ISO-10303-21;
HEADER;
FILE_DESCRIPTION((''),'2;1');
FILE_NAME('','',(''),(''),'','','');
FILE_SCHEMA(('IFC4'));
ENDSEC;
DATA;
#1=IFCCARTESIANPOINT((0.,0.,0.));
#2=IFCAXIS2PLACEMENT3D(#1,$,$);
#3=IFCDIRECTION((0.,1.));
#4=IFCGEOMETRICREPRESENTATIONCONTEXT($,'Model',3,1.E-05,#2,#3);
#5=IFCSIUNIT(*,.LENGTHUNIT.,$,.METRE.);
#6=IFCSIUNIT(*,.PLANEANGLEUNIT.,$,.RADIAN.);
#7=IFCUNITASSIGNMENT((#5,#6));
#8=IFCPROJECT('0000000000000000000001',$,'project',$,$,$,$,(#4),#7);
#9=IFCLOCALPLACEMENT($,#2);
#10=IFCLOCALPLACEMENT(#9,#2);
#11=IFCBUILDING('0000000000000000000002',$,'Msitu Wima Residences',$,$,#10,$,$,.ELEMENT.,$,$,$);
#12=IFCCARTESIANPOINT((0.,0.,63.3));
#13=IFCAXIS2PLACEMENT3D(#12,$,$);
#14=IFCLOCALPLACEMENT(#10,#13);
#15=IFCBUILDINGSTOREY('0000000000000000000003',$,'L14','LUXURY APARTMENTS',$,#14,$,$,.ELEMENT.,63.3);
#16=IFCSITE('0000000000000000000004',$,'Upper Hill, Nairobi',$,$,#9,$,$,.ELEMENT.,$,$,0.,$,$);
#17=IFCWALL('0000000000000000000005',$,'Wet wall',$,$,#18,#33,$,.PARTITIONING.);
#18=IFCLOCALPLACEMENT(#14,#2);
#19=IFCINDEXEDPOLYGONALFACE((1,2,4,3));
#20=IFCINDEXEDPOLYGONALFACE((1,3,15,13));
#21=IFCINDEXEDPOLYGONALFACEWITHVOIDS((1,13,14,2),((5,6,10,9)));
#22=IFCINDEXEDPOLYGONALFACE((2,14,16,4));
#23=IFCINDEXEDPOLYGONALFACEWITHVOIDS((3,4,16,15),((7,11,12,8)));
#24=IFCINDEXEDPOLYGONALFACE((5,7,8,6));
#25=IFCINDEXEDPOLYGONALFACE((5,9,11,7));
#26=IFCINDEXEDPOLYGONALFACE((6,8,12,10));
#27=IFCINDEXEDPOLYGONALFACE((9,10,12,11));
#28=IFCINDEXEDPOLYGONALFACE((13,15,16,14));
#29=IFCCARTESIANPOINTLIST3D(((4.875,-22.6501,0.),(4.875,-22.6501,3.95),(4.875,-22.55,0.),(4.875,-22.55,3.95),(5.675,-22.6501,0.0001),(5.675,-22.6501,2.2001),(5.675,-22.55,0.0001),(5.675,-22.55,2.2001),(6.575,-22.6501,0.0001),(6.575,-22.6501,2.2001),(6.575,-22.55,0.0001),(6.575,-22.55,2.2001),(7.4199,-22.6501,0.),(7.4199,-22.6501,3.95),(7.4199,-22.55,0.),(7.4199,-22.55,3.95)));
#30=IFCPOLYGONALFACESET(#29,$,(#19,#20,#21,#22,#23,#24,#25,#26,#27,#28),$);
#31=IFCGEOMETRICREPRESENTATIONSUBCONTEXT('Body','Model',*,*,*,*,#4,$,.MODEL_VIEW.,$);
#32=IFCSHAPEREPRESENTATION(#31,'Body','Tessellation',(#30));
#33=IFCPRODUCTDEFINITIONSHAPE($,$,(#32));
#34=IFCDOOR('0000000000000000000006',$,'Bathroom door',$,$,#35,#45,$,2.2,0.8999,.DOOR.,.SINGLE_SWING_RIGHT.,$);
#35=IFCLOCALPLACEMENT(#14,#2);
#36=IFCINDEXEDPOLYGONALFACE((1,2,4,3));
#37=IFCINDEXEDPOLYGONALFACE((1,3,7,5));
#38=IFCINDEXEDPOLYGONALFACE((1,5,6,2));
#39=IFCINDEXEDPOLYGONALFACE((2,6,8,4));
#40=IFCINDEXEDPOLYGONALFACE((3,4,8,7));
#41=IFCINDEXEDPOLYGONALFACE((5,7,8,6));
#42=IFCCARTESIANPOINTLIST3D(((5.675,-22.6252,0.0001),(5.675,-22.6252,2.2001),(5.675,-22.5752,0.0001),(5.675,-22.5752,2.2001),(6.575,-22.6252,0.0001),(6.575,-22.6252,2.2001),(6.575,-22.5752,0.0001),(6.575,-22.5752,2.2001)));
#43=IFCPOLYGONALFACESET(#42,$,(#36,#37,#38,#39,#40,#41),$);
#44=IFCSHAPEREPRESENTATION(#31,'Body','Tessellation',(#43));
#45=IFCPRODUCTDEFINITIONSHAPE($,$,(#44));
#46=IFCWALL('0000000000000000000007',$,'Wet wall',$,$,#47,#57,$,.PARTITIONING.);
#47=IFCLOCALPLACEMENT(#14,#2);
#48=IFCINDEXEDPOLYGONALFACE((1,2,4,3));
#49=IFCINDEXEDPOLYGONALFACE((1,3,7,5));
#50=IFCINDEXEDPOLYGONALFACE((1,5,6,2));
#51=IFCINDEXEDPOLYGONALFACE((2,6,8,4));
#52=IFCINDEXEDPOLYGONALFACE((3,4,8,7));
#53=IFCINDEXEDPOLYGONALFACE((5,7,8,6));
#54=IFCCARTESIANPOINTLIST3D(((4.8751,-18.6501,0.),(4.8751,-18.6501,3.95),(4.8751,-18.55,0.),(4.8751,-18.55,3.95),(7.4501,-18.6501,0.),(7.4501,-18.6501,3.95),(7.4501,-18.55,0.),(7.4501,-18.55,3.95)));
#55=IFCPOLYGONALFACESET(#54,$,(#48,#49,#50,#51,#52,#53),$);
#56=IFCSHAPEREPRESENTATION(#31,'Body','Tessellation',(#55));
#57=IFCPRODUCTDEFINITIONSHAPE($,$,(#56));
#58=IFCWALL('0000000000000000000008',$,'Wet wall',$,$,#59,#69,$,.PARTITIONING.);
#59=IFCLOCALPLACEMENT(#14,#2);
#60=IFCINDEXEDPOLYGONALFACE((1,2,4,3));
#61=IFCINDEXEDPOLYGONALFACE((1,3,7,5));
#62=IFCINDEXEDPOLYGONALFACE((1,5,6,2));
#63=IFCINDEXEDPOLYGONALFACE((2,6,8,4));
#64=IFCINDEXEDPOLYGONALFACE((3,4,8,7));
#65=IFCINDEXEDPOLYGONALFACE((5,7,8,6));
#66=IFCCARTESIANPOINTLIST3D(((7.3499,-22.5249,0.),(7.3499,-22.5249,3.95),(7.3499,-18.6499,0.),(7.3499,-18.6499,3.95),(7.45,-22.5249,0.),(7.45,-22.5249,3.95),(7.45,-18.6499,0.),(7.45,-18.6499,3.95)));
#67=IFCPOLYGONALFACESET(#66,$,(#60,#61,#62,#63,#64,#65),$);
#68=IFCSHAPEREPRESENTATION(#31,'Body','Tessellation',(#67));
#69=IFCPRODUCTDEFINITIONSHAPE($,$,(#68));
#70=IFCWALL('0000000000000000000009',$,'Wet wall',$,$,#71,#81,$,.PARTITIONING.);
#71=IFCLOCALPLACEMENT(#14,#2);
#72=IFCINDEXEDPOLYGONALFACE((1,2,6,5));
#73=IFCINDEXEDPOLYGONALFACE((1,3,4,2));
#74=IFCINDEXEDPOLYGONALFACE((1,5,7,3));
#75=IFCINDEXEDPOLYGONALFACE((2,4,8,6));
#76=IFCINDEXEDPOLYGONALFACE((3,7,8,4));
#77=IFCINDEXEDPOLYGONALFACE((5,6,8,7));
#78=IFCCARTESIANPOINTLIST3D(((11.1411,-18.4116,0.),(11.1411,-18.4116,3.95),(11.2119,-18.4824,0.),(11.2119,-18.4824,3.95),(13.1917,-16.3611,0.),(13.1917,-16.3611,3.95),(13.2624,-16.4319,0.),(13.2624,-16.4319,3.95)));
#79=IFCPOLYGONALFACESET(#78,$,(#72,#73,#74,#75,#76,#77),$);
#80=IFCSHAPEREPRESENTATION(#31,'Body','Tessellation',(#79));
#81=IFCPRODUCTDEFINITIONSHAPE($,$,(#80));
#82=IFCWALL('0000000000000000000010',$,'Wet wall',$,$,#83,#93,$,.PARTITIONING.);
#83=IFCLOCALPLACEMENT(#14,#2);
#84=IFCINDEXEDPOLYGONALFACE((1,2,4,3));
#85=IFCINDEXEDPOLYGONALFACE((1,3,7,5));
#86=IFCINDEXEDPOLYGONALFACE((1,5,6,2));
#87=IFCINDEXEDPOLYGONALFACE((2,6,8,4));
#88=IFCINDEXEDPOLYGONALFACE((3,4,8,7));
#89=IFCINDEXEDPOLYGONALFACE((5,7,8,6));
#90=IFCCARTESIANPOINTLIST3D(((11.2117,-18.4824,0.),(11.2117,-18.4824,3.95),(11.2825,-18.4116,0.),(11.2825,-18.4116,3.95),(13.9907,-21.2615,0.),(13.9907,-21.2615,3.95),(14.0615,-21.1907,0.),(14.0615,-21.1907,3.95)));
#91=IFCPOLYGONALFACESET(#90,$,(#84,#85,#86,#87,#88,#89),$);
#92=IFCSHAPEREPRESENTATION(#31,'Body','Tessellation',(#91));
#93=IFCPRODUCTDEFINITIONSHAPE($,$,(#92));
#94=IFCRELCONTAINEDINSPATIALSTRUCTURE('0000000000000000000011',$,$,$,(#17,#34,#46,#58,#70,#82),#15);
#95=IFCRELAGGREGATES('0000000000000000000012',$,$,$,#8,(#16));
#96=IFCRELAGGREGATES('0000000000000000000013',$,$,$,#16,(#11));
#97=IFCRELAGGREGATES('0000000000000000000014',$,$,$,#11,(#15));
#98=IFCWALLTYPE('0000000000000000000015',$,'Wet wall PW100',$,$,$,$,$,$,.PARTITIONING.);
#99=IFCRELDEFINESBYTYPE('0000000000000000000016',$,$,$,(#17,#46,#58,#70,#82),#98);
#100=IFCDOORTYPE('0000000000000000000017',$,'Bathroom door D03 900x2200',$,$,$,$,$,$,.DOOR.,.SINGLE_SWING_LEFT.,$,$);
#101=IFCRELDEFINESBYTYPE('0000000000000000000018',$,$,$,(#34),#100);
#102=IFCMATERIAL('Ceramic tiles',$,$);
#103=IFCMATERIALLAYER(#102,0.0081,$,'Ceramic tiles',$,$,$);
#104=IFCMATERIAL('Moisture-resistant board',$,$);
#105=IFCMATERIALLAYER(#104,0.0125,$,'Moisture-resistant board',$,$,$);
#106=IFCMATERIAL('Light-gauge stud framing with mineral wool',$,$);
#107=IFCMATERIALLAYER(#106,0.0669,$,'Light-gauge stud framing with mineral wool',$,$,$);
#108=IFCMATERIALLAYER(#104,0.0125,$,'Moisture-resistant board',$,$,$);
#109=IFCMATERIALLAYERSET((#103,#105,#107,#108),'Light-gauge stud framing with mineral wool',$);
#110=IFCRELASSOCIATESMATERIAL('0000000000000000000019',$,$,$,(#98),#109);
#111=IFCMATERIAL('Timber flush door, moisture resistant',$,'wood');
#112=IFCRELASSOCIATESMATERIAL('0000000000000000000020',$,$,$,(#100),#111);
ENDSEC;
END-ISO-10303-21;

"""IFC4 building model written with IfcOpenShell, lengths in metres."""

from ifc_helpers import new_model, si_unit, direction, frame, frame_2d, origin, place, context, subcontext, project, spatial, rectangle, extrude, material, layer, layer_set, type_object, element, fill, save


model = new_model("IFC4")

# Units and contexts
model_context = context("Model", 3, precision=1e-05, world=origin(), true_north=direction((0.0, 1.0)))
body_context = subcontext(model_context, "Body", "Model", "MODEL_VIEW")
ifc_project = project(units=[si_unit("LENGTHUNIT", "METRE"), si_unit("PLANEANGLEUNIT", "RADIAN")], contexts=[model_context])

# Site, building, storey
site_placement = place(None, origin())
site = spatial("IfcSite", under=ifc_project, at=site_placement, Name="Upper Hill, Nairobi", CompositionType="ELEMENT", RefElevation=0.0)
building_placement = place(site_placement, origin())
building = spatial("IfcBuilding", under=site, at=building_placement, Name="Msitu Wima Residences", CompositionType="ELEMENT")
storey_placement = place(building_placement, frame((0.0, 0.0, 63.3)))
storey = spatial("IfcBuildingStorey", under=building, at=storey_placement, Name="L14", Description="LUXURY APARTMENTS", CompositionType="ELEMENT", Elevation=63.3)

# Shared definitions
ifc_material_1 = material(Name="Ceramic tiles")
ifc_layer_1 = layer(ifc_material_1, 0.0081, Name="Ceramic tiles")
ifc_material_2 = material(Name="Moisture-resistant board")
ifc_layer_2 = layer(ifc_material_2, 0.0125, Name="Moisture-resistant board")
ifc_material_3 = material(Name="Light-gauge stud framing with mineral wool")
ifc_layer_3 = layer(ifc_material_3, 0.0669, Name="Light-gauge stud framing with mineral wool")
ifc_layer_4 = layer(ifc_material_2, 0.0125, Name="Moisture-resistant board")
ifc_layer_set_1 = layer_set([ifc_layer_1, ifc_layer_2, ifc_layer_3, ifc_layer_4], Name="Light-gauge stud framing with mineral wool")
wall_type_1 = type_object("IfcWallType", Name="Wet wall PW100", PredefinedType="PARTITIONING", material=ifc_layer_set_1)

# Wall, opening, door
wall_1_placement = place(storey_placement, frame((4.875, -22.6001, 0.0), z_axis=(0.0, 0.0, 1.0), x_axis=(1.0, 0.0, 0.0)))
wall_1 = element("IfcWall", 1, at=wall_1_placement, inside=storey, type_object=wall_type_1, Name="Wet wall", PredefinedType="PARTITIONING", context=body_context, shape_type="SweptSolid", body=[
    extrude(rectangle(XDim=2.5449, YDim=0.1001, at=frame_2d((1.2725, 0.0))), origin(), (0.0, 0.0, 1.0), 3.95),
])
opening_1_placement = place(wall_1_placement, frame((0.8, 0.0, 0.0)))
opening_1 = element("IfcOpeningElement", 2, at=opening_1_placement, cuts=wall_1, PredefinedType="OPENING", context=body_context, shape_type="SweptSolid", body=[
    extrude(rectangle(XDim=0.8999, YDim=2.2, at=frame_2d((0.45, 1.1001))), frame((0.0, 0.0601, 0.0), z_axis=(0.0, -1.0, 0.0), x_axis=(1.0, 0.0, 0.0)), (0.0, 0.0, 1.0), 0.1201),
])
ifc_material_4 = material(Name="Timber flush door, moisture resistant", Category="wood")
door_type_1 = type_object("IfcDoorType", Name="Bathroom door D03 900x2200", OperationType="SINGLE_SWING_LEFT", PredefinedType="DOOR", material=ifc_material_4)
door_1_placement = place(opening_1_placement, origin())
door_1 = element("IfcDoor", 3, at=door_1_placement, inside=storey, type_object=door_type_1, Name="Bathroom door", OperationType="SINGLE_SWING_RIGHT", OverallHeight=2.2, OverallWidth=0.8999, PredefinedType="DOOR", context=body_context, shape_type="SweptSolid", body=[
    extrude(rectangle(XDim=0.8999, YDim=2.2, at=frame_2d((0.45, 1.1001))), frame((0.0, 0.0249, 0.0), z_axis=(0.0, -1.0, 0.0), x_axis=(1.0, 0.0, 0.0)), (0.0, 0.0, 1.0), 0.05),
])
fill(opening_1, door_1)

# Walls
wall_2_placement = place(storey_placement, frame((4.875, -18.6001, 0.0), z_axis=(0.0, 0.0, 1.0), x_axis=(1.0, 0.0, 0.0)))
element("IfcWall", 4, at=wall_2_placement, inside=storey, type_object=wall_type_1, Name="Wet wall", PredefinedType="PARTITIONING", context=body_context, shape_type="SweptSolid", body=[
    extrude(rectangle(XDim=2.575, YDim=0.1001, at=frame_2d((1.2876, 0.0))), origin(), (0.0, 0.0, 1.0), 3.95),
])
wall_3_placement = place(storey_placement, frame((7.3999, -22.5249, 0.0), z_axis=(0.0, 0.0, 1.0), x_axis=(0.0, 1.0, 0.0)))
element("IfcWall", 5, at=wall_3_placement, inside=storey, type_object=wall_type_1, Name="Wet wall", PredefinedType="PARTITIONING", context=body_context, shape_type="SweptSolid", body=[
    extrude(rectangle(XDim=3.875, YDim=0.1001, at=frame_2d((1.9375, 0.0))), origin(), (0.0, 0.0, 1.0), 3.95),
])
wall_4_placement = place(storey_placement, frame((11.1765, -18.447, 0.0), z_axis=(0.0, 0.0, 1.0), x_axis=(0.707107, 0.707107, 0.0)))
element("IfcWall", 6, at=wall_4_placement, inside=storey, type_object=wall_type_1, Name="Wet wall", PredefinedType="PARTITIONING", context=body_context, shape_type="SweptSolid", body=[
    extrude(rectangle(XDim=2.8999, YDim=0.1001, at=frame_2d((1.45, 0.0))), origin(), (0.0, 0.0, 1.0), 3.95),
])
wall_5_placement = place(storey_placement, frame((11.2471, -18.447, 0.0), z_axis=(0.0, 0.0, 1.0), x_axis=(0.707107, -0.707107, 0.0)))
element("IfcWall", 7, at=wall_5_placement, inside=storey, type_object=wall_type_1, Name="Wet wall", PredefinedType="PARTITIONING", context=body_context, shape_type="SweptSolid", body=[
    extrude(rectangle(XDim=3.9302, YDim=0.1001, at=frame_2d((1.9651, 0.0))), origin(), (0.0, 0.0, 1.0), 3.95),
])

save(model, "model.ifc")
